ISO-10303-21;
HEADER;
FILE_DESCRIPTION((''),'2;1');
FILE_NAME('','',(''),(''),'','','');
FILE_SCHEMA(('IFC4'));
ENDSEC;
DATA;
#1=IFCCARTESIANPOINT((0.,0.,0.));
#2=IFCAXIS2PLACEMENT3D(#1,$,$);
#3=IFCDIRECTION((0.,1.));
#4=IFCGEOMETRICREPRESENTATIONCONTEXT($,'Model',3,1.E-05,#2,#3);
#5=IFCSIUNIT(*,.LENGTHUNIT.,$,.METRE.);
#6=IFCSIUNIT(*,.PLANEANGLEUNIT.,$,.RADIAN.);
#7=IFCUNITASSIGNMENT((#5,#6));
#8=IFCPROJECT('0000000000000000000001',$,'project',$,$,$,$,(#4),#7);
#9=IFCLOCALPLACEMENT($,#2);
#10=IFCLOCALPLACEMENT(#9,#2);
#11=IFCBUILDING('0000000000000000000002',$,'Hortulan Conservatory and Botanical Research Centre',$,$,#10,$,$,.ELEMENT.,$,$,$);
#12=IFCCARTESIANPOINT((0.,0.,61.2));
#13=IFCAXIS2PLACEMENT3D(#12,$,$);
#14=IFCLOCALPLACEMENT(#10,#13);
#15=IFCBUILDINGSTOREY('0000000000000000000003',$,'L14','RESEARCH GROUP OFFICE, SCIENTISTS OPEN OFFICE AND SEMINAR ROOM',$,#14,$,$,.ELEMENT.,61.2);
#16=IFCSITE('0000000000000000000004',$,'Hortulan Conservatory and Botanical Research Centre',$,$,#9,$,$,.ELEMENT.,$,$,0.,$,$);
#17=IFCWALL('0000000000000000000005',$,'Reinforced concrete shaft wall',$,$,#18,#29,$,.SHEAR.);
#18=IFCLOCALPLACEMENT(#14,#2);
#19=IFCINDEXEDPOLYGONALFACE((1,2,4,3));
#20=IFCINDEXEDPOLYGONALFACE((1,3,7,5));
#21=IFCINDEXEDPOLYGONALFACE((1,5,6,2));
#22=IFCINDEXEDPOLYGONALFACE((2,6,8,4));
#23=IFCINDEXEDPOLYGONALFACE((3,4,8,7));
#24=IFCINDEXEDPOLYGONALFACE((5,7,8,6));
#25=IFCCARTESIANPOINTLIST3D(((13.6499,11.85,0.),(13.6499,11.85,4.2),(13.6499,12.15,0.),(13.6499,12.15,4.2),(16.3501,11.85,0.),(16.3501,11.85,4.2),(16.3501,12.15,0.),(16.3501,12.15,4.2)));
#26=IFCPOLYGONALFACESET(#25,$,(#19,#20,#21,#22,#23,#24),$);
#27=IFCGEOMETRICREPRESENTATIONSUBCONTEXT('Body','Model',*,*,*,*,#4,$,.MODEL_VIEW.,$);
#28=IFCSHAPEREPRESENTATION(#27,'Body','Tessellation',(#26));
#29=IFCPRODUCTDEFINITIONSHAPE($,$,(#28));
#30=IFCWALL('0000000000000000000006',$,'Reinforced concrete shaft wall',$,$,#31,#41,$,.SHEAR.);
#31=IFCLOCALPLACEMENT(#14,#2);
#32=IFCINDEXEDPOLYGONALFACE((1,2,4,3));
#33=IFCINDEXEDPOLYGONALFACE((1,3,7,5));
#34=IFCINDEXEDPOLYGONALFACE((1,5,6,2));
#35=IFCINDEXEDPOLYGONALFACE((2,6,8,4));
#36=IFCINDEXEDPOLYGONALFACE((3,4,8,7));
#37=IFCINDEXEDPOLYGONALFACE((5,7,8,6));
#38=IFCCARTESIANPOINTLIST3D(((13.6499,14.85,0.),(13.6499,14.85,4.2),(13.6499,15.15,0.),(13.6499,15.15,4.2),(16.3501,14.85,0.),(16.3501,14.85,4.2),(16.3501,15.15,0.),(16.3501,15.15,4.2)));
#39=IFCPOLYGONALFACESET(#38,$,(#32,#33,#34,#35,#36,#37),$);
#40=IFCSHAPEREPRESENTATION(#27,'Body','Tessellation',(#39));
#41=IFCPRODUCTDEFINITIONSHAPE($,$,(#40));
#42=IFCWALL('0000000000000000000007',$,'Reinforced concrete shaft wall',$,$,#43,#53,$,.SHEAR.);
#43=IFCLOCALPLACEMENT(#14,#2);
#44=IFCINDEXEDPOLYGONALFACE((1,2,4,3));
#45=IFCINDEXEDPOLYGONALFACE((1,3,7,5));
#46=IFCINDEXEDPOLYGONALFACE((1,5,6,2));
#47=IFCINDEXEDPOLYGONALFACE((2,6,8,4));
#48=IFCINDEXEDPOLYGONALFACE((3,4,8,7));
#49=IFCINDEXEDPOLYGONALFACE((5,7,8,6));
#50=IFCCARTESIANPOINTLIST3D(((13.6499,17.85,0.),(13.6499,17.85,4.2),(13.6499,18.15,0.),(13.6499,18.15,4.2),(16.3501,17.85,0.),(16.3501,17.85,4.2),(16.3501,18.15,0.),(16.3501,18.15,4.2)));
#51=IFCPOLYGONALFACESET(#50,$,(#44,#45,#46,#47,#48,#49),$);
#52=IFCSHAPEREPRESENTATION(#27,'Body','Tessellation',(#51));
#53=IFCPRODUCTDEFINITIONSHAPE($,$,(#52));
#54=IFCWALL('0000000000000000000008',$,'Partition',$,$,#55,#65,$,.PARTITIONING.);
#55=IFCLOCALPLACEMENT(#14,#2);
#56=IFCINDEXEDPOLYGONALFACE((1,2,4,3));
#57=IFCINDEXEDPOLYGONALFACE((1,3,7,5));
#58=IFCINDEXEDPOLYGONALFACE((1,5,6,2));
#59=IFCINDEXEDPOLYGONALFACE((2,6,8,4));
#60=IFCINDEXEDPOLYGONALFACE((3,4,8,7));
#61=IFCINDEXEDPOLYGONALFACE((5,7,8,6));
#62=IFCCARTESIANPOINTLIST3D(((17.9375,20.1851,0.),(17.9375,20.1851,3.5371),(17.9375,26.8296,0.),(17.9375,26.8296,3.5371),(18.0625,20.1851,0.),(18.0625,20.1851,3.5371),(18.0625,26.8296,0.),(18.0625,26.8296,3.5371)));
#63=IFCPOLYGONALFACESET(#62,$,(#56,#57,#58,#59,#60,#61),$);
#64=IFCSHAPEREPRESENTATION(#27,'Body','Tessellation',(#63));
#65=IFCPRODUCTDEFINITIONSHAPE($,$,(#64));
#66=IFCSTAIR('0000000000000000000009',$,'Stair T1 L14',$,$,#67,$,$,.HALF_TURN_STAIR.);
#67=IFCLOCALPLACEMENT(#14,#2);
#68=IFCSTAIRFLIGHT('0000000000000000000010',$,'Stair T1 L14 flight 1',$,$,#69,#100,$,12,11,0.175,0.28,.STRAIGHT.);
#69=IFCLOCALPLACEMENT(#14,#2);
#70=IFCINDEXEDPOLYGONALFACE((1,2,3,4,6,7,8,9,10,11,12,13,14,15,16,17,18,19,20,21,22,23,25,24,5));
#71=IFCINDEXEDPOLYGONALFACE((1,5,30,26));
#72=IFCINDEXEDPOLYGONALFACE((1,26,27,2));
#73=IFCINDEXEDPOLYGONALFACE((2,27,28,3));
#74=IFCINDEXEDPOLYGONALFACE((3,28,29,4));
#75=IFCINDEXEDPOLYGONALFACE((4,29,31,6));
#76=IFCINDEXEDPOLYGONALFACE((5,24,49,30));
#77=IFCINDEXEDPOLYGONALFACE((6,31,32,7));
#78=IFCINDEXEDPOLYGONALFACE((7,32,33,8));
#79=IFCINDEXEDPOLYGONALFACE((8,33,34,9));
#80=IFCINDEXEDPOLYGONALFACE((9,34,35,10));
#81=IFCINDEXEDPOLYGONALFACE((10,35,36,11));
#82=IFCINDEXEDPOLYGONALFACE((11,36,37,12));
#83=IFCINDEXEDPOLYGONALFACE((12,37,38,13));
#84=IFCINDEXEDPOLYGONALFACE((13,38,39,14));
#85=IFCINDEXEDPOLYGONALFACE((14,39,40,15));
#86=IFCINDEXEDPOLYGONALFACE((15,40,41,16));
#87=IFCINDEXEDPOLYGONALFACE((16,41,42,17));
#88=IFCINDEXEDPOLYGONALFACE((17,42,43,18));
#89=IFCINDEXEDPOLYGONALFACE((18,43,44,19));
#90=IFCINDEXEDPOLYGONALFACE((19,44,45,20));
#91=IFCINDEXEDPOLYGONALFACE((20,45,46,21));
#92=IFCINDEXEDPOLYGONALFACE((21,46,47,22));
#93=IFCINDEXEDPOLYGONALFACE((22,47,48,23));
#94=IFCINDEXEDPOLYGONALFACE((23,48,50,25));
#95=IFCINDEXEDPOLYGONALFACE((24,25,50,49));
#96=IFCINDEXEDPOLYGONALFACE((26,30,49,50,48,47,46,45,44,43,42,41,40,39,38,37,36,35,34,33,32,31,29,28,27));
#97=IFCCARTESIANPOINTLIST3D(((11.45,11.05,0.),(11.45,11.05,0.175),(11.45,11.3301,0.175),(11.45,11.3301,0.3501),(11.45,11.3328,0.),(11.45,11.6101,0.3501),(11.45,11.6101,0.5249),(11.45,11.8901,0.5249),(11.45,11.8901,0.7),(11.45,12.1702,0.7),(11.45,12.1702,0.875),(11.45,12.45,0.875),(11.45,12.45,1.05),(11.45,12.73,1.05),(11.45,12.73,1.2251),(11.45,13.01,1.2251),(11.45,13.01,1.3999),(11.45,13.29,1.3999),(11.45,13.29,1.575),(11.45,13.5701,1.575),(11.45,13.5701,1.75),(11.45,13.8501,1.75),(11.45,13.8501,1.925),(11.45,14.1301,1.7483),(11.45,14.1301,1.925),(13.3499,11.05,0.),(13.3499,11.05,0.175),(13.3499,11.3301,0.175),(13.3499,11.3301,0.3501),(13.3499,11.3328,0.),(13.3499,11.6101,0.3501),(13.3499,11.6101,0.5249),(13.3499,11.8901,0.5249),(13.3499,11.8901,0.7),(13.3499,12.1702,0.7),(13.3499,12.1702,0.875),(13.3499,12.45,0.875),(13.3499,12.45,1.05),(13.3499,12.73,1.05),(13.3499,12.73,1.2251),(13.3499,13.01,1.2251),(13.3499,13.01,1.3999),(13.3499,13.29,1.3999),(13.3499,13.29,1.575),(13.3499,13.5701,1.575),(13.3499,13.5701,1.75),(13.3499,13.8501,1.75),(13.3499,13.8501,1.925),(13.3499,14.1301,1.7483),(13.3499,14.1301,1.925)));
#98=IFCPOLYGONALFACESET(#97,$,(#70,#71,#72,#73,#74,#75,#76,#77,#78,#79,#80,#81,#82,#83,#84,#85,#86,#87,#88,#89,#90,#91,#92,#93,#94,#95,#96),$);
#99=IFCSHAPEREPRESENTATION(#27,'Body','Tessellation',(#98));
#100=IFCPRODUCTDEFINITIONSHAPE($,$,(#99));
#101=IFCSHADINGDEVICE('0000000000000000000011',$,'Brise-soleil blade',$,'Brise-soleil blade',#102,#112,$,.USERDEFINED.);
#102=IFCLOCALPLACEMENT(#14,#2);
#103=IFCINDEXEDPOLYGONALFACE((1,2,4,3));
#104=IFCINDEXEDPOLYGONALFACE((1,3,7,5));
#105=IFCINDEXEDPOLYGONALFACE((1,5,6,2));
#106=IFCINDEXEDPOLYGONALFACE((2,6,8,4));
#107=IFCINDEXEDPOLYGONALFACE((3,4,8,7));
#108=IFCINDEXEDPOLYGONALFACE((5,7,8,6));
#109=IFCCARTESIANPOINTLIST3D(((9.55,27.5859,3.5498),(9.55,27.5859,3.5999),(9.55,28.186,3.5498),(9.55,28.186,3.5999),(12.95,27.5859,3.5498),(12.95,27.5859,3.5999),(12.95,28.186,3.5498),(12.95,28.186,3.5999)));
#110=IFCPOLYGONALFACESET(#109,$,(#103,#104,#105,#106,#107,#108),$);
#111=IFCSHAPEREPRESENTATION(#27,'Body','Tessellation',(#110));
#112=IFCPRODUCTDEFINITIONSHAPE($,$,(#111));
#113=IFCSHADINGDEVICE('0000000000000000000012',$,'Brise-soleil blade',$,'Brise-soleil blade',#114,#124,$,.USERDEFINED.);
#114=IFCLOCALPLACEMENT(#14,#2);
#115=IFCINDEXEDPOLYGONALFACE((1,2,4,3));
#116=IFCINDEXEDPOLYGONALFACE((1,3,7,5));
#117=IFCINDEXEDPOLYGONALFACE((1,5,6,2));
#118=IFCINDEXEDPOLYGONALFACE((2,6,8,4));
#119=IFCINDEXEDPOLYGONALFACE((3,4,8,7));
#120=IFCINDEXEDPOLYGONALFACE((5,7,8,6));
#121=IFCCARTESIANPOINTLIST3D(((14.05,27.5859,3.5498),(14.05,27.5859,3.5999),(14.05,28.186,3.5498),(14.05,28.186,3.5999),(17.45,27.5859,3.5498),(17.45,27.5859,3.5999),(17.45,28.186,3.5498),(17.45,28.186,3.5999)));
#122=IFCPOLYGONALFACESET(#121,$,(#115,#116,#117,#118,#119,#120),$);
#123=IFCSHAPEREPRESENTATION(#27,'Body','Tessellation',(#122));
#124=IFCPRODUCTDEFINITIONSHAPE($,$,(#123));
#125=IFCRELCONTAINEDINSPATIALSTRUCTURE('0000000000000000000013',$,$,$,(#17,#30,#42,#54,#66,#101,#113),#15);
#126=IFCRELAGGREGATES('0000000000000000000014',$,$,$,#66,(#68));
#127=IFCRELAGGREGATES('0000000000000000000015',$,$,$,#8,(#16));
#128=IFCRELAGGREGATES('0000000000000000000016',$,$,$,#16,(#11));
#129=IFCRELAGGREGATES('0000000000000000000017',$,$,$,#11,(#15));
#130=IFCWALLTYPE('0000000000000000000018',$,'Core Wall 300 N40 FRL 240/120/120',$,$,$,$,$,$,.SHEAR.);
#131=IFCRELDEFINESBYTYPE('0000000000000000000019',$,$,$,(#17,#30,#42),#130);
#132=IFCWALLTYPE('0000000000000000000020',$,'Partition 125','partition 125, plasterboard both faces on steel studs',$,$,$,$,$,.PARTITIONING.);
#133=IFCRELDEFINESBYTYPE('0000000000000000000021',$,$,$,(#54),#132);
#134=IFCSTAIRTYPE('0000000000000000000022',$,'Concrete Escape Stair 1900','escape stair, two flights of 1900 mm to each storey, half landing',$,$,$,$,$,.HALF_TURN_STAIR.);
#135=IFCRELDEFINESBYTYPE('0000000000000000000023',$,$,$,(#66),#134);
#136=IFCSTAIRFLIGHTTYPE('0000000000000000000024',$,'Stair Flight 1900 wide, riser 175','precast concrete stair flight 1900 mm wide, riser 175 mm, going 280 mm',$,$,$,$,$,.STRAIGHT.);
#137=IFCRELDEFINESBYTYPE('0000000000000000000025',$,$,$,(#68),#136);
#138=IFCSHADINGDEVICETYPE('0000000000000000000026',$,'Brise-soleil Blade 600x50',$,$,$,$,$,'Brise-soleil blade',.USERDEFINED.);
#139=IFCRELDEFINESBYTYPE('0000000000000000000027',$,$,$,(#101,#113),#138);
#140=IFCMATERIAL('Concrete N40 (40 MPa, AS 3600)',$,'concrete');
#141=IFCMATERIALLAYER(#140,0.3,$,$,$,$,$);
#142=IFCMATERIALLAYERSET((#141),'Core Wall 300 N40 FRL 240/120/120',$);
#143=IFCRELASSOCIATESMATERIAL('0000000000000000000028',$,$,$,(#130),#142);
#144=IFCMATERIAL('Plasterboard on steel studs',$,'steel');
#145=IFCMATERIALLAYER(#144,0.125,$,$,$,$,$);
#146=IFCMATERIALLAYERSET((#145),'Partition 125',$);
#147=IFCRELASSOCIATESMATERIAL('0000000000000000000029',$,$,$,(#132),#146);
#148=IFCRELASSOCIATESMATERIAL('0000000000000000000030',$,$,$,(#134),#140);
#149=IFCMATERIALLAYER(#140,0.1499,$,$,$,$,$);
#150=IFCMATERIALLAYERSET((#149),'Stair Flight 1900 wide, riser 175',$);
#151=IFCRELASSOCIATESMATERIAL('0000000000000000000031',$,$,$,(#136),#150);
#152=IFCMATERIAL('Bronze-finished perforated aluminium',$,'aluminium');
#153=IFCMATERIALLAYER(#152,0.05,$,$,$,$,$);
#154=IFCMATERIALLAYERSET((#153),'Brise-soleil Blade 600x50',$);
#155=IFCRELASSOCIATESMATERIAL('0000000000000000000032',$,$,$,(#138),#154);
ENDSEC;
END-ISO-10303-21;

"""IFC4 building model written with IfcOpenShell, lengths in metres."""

from ifc_helpers import new_model, si_unit, direction, frame, frame_2d, origin, origin_2d, place, context, subcontext, project, spatial, polyline, rectangle, outline, extrude, material, layer, layer_set, type_object, element, aggregate, save


model = new_model("IFC4")

# Units and contexts
model_context = context("Model", 3, precision=1e-05, world=origin(), true_north=direction((0.0, 1.0)))
body_context = subcontext(model_context, "Body", "Model", "MODEL_VIEW")
ifc_project = project(units=[si_unit("LENGTHUNIT", "METRE"), si_unit("PLANEANGLEUNIT", "RADIAN")], contexts=[model_context])

# Site, building, storey
site_placement = place(None, origin())
site = spatial("IfcSite", under=ifc_project, at=site_placement, Name="Hortulan Conservatory and Botanical Research Centre", CompositionType="ELEMENT", RefElevation=0.0)
building_placement = place(site_placement, origin())
building = spatial("IfcBuilding", under=site, at=building_placement, Name="Hortulan Conservatory and Botanical Research Centre", CompositionType="ELEMENT")
storey_placement = place(building_placement, frame((0.0, 0.0, 61.2)))
storey = spatial("IfcBuildingStorey", under=building, at=storey_placement, Name="L14", Description="RESEARCH GROUP OFFICE, SCIENTISTS OPEN OFFICE AND SEMINAR ROOM", CompositionType="ELEMENT", Elevation=61.2)

# Walls
ifc_material_1 = material(Name="Concrete N40 (40 MPa, AS 3600)", Category="concrete")
ifc_layer_1 = layer(ifc_material_1, 0.3)
ifc_layer_set_1 = layer_set([ifc_layer_1], Name="Core Wall 300 N40 FRL 240/120/120")
wall_type_1 = type_object("IfcWallType", Name="Core Wall 300 N40 FRL 240/120/120", PredefinedType="SHEAR", material=ifc_layer_set_1)
for number, where, z_axis, x_axis, name in (
    (1, (13.6499, 12.0, 0.0), (0.0, 0.0, 1.0), (1.0, 0.0, 0.0), "Reinforced concrete shaft wall"),
    (2, (13.6499, 15.0, 0.0), (0.0, 0.0, 1.0), (1.0, 0.0, 0.0), "Reinforced concrete shaft wall"),
    (3, (13.6499, 18.0, 0.0), (0.0, 0.0, 1.0), (1.0, 0.0, 0.0), "Reinforced concrete shaft wall"),
):
    element("IfcWall", number, at=place(storey_placement, frame(where, z_axis=z_axis, x_axis=x_axis)), inside=storey, type_object=wall_type_1, Name=name, PredefinedType="SHEAR", context=body_context, shape_type="SweptSolid", body=[
        extrude(rectangle(XDim=2.7002, YDim=0.3, at=frame_2d((1.3501, 0.0))), origin(), (0.0, 0.0, 1.0), 4.2),
    ])
ifc_material_2 = material(Name="Plasterboard on steel studs", Category="steel")
ifc_layer_2 = layer(ifc_material_2, 0.125)
ifc_layer_set_2 = layer_set([ifc_layer_2], Name="Partition 125")
wall_type_2 = type_object("IfcWallType", Name="Partition 125", Description="partition 125, plasterboard both faces on steel studs", PredefinedType="PARTITIONING", material=ifc_layer_set_2)
wall_placement = place(storey_placement, frame((18.0, 20.1851, 0.0), z_axis=(0.0, 0.0, 1.0), x_axis=(0.0, 1.0, 0.0)))
element("IfcWall", 4, at=wall_placement, inside=storey, type_object=wall_type_2, Name="Partition", PredefinedType="PARTITIONING", context=body_context, shape_type="SweptSolid", body=[
    extrude(rectangle(XDim=6.6445, YDim=0.125, at=frame_2d((3.3223, 0.0))), origin(), (0.0, 0.0, 1.0), 3.5371),
])

# Stair, stair flight
stair_type = type_object("IfcStairType", Name="Concrete Escape Stair 1900", Description="escape stair, two flights of 1900 mm to each storey, half landing", PredefinedType="HALF_TURN_STAIR", material=ifc_material_1)
stair_placement = place(storey_placement, origin())
stair = element("IfcStair", 5, at=stair_placement, inside=storey, type_object=stair_type, Name="Stair T1 L14", PredefinedType="HALF_TURN_STAIR")
ifc_layer_3 = layer(ifc_material_1, 0.1499)
ifc_layer_set_3 = layer_set([ifc_layer_3], Name="Stair Flight 1900 wide, riser 175")
stair_flight_type = type_object("IfcStairFlightType", Name="Stair Flight 1900 wide, riser 175", Description="precast concrete stair flight 1900 mm wide, riser 175 mm, going 280 mm", PredefinedType="STRAIGHT", material=ifc_layer_set_3)
stair_flight_placement = place(storey_placement, frame((12.3999, 11.05, 0.0), z_axis=(0.0, 0.0, 1.0), x_axis=(0.0, 1.0, 0.0)))
stair_flight = element("IfcStairFlight", 6, at=stair_flight_placement, type_object=stair_flight_type, Name="Stair T1 L14 flight 1", NumberOfRisers=12, NumberOfTreads=11, PredefinedType="STRAIGHT", RiserHeight=0.175, TreadLength=0.28, context=body_context, shape_type="SweptSolid", body=[
    extrude(outline(polyline([(0.0, 0.0), (0.0, 0.175), (0.28, 0.175), (0.28, 0.3501), (0.5601, 0.3501), (0.5601, 0.5249), (0.8401, 0.5249), (0.8401, 0.7), (1.1201, 0.7), (1.1201, 0.875), (1.3999, 0.875), (1.3999, 1.05), (1.6799, 1.05), (1.6799, 1.2251), (1.96, 1.2251), (1.96, 1.3999), (2.24, 1.3999), (2.24, 1.575), (2.52, 1.575), (2.52, 1.75), (2.8, 1.75), (2.8, 1.925), (3.0801, 1.925), (3.0801, 2.1001), (3.0801, 1.7483), (0.2827, 0.0), (0.0, 0.0)])), frame((0.0, 0.95, 0.0), z_axis=(0.0, -1.0, 0.0), x_axis=(1.0, 0.0, 0.0)), (0.0, 0.0, 1.0), 1.8999),
])
aggregate(stair, [stair_flight])

# Shading devices
ifc_material_3 = material(Name="Bronze-finished perforated aluminium", Category="aluminium")
ifc_layer_4 = layer(ifc_material_3, 0.05)
ifc_layer_set_4 = layer_set([ifc_layer_4], Name="Brise-soleil Blade 600x50")
shading_device_type = type_object("IfcShadingDeviceType", Name="Brise-soleil Blade 600x50", ElementType="Brise-soleil blade", PredefinedType="USERDEFINED", material=ifc_layer_set_4)
for number, where, z_axis, x_axis, name in (
    (7, (11.25, 27.886, 3.5498), (0.0, 0.0, 1.0), (1.0, 0.0, 0.0), "Brise-soleil blade"),
    (8, (15.75, 27.886, 3.5498), (0.0, 0.0, 1.0), (1.0, 0.0, 0.0), "Brise-soleil blade"),
):
    element("IfcShadingDevice", number, at=place(storey_placement, frame(where, z_axis=z_axis, x_axis=x_axis)), inside=storey, type_object=shading_device_type, Name=name, ObjectType="Brise-soleil blade", PredefinedType="USERDEFINED", context=body_context, shape_type="SweptSolid", body=[
        extrude(rectangle(XDim=3.3999, YDim=0.6001, at=origin_2d()), origin(), (0.0, 0.0, 1.0), 0.05),
    ])

save(model, "model.ifc")
